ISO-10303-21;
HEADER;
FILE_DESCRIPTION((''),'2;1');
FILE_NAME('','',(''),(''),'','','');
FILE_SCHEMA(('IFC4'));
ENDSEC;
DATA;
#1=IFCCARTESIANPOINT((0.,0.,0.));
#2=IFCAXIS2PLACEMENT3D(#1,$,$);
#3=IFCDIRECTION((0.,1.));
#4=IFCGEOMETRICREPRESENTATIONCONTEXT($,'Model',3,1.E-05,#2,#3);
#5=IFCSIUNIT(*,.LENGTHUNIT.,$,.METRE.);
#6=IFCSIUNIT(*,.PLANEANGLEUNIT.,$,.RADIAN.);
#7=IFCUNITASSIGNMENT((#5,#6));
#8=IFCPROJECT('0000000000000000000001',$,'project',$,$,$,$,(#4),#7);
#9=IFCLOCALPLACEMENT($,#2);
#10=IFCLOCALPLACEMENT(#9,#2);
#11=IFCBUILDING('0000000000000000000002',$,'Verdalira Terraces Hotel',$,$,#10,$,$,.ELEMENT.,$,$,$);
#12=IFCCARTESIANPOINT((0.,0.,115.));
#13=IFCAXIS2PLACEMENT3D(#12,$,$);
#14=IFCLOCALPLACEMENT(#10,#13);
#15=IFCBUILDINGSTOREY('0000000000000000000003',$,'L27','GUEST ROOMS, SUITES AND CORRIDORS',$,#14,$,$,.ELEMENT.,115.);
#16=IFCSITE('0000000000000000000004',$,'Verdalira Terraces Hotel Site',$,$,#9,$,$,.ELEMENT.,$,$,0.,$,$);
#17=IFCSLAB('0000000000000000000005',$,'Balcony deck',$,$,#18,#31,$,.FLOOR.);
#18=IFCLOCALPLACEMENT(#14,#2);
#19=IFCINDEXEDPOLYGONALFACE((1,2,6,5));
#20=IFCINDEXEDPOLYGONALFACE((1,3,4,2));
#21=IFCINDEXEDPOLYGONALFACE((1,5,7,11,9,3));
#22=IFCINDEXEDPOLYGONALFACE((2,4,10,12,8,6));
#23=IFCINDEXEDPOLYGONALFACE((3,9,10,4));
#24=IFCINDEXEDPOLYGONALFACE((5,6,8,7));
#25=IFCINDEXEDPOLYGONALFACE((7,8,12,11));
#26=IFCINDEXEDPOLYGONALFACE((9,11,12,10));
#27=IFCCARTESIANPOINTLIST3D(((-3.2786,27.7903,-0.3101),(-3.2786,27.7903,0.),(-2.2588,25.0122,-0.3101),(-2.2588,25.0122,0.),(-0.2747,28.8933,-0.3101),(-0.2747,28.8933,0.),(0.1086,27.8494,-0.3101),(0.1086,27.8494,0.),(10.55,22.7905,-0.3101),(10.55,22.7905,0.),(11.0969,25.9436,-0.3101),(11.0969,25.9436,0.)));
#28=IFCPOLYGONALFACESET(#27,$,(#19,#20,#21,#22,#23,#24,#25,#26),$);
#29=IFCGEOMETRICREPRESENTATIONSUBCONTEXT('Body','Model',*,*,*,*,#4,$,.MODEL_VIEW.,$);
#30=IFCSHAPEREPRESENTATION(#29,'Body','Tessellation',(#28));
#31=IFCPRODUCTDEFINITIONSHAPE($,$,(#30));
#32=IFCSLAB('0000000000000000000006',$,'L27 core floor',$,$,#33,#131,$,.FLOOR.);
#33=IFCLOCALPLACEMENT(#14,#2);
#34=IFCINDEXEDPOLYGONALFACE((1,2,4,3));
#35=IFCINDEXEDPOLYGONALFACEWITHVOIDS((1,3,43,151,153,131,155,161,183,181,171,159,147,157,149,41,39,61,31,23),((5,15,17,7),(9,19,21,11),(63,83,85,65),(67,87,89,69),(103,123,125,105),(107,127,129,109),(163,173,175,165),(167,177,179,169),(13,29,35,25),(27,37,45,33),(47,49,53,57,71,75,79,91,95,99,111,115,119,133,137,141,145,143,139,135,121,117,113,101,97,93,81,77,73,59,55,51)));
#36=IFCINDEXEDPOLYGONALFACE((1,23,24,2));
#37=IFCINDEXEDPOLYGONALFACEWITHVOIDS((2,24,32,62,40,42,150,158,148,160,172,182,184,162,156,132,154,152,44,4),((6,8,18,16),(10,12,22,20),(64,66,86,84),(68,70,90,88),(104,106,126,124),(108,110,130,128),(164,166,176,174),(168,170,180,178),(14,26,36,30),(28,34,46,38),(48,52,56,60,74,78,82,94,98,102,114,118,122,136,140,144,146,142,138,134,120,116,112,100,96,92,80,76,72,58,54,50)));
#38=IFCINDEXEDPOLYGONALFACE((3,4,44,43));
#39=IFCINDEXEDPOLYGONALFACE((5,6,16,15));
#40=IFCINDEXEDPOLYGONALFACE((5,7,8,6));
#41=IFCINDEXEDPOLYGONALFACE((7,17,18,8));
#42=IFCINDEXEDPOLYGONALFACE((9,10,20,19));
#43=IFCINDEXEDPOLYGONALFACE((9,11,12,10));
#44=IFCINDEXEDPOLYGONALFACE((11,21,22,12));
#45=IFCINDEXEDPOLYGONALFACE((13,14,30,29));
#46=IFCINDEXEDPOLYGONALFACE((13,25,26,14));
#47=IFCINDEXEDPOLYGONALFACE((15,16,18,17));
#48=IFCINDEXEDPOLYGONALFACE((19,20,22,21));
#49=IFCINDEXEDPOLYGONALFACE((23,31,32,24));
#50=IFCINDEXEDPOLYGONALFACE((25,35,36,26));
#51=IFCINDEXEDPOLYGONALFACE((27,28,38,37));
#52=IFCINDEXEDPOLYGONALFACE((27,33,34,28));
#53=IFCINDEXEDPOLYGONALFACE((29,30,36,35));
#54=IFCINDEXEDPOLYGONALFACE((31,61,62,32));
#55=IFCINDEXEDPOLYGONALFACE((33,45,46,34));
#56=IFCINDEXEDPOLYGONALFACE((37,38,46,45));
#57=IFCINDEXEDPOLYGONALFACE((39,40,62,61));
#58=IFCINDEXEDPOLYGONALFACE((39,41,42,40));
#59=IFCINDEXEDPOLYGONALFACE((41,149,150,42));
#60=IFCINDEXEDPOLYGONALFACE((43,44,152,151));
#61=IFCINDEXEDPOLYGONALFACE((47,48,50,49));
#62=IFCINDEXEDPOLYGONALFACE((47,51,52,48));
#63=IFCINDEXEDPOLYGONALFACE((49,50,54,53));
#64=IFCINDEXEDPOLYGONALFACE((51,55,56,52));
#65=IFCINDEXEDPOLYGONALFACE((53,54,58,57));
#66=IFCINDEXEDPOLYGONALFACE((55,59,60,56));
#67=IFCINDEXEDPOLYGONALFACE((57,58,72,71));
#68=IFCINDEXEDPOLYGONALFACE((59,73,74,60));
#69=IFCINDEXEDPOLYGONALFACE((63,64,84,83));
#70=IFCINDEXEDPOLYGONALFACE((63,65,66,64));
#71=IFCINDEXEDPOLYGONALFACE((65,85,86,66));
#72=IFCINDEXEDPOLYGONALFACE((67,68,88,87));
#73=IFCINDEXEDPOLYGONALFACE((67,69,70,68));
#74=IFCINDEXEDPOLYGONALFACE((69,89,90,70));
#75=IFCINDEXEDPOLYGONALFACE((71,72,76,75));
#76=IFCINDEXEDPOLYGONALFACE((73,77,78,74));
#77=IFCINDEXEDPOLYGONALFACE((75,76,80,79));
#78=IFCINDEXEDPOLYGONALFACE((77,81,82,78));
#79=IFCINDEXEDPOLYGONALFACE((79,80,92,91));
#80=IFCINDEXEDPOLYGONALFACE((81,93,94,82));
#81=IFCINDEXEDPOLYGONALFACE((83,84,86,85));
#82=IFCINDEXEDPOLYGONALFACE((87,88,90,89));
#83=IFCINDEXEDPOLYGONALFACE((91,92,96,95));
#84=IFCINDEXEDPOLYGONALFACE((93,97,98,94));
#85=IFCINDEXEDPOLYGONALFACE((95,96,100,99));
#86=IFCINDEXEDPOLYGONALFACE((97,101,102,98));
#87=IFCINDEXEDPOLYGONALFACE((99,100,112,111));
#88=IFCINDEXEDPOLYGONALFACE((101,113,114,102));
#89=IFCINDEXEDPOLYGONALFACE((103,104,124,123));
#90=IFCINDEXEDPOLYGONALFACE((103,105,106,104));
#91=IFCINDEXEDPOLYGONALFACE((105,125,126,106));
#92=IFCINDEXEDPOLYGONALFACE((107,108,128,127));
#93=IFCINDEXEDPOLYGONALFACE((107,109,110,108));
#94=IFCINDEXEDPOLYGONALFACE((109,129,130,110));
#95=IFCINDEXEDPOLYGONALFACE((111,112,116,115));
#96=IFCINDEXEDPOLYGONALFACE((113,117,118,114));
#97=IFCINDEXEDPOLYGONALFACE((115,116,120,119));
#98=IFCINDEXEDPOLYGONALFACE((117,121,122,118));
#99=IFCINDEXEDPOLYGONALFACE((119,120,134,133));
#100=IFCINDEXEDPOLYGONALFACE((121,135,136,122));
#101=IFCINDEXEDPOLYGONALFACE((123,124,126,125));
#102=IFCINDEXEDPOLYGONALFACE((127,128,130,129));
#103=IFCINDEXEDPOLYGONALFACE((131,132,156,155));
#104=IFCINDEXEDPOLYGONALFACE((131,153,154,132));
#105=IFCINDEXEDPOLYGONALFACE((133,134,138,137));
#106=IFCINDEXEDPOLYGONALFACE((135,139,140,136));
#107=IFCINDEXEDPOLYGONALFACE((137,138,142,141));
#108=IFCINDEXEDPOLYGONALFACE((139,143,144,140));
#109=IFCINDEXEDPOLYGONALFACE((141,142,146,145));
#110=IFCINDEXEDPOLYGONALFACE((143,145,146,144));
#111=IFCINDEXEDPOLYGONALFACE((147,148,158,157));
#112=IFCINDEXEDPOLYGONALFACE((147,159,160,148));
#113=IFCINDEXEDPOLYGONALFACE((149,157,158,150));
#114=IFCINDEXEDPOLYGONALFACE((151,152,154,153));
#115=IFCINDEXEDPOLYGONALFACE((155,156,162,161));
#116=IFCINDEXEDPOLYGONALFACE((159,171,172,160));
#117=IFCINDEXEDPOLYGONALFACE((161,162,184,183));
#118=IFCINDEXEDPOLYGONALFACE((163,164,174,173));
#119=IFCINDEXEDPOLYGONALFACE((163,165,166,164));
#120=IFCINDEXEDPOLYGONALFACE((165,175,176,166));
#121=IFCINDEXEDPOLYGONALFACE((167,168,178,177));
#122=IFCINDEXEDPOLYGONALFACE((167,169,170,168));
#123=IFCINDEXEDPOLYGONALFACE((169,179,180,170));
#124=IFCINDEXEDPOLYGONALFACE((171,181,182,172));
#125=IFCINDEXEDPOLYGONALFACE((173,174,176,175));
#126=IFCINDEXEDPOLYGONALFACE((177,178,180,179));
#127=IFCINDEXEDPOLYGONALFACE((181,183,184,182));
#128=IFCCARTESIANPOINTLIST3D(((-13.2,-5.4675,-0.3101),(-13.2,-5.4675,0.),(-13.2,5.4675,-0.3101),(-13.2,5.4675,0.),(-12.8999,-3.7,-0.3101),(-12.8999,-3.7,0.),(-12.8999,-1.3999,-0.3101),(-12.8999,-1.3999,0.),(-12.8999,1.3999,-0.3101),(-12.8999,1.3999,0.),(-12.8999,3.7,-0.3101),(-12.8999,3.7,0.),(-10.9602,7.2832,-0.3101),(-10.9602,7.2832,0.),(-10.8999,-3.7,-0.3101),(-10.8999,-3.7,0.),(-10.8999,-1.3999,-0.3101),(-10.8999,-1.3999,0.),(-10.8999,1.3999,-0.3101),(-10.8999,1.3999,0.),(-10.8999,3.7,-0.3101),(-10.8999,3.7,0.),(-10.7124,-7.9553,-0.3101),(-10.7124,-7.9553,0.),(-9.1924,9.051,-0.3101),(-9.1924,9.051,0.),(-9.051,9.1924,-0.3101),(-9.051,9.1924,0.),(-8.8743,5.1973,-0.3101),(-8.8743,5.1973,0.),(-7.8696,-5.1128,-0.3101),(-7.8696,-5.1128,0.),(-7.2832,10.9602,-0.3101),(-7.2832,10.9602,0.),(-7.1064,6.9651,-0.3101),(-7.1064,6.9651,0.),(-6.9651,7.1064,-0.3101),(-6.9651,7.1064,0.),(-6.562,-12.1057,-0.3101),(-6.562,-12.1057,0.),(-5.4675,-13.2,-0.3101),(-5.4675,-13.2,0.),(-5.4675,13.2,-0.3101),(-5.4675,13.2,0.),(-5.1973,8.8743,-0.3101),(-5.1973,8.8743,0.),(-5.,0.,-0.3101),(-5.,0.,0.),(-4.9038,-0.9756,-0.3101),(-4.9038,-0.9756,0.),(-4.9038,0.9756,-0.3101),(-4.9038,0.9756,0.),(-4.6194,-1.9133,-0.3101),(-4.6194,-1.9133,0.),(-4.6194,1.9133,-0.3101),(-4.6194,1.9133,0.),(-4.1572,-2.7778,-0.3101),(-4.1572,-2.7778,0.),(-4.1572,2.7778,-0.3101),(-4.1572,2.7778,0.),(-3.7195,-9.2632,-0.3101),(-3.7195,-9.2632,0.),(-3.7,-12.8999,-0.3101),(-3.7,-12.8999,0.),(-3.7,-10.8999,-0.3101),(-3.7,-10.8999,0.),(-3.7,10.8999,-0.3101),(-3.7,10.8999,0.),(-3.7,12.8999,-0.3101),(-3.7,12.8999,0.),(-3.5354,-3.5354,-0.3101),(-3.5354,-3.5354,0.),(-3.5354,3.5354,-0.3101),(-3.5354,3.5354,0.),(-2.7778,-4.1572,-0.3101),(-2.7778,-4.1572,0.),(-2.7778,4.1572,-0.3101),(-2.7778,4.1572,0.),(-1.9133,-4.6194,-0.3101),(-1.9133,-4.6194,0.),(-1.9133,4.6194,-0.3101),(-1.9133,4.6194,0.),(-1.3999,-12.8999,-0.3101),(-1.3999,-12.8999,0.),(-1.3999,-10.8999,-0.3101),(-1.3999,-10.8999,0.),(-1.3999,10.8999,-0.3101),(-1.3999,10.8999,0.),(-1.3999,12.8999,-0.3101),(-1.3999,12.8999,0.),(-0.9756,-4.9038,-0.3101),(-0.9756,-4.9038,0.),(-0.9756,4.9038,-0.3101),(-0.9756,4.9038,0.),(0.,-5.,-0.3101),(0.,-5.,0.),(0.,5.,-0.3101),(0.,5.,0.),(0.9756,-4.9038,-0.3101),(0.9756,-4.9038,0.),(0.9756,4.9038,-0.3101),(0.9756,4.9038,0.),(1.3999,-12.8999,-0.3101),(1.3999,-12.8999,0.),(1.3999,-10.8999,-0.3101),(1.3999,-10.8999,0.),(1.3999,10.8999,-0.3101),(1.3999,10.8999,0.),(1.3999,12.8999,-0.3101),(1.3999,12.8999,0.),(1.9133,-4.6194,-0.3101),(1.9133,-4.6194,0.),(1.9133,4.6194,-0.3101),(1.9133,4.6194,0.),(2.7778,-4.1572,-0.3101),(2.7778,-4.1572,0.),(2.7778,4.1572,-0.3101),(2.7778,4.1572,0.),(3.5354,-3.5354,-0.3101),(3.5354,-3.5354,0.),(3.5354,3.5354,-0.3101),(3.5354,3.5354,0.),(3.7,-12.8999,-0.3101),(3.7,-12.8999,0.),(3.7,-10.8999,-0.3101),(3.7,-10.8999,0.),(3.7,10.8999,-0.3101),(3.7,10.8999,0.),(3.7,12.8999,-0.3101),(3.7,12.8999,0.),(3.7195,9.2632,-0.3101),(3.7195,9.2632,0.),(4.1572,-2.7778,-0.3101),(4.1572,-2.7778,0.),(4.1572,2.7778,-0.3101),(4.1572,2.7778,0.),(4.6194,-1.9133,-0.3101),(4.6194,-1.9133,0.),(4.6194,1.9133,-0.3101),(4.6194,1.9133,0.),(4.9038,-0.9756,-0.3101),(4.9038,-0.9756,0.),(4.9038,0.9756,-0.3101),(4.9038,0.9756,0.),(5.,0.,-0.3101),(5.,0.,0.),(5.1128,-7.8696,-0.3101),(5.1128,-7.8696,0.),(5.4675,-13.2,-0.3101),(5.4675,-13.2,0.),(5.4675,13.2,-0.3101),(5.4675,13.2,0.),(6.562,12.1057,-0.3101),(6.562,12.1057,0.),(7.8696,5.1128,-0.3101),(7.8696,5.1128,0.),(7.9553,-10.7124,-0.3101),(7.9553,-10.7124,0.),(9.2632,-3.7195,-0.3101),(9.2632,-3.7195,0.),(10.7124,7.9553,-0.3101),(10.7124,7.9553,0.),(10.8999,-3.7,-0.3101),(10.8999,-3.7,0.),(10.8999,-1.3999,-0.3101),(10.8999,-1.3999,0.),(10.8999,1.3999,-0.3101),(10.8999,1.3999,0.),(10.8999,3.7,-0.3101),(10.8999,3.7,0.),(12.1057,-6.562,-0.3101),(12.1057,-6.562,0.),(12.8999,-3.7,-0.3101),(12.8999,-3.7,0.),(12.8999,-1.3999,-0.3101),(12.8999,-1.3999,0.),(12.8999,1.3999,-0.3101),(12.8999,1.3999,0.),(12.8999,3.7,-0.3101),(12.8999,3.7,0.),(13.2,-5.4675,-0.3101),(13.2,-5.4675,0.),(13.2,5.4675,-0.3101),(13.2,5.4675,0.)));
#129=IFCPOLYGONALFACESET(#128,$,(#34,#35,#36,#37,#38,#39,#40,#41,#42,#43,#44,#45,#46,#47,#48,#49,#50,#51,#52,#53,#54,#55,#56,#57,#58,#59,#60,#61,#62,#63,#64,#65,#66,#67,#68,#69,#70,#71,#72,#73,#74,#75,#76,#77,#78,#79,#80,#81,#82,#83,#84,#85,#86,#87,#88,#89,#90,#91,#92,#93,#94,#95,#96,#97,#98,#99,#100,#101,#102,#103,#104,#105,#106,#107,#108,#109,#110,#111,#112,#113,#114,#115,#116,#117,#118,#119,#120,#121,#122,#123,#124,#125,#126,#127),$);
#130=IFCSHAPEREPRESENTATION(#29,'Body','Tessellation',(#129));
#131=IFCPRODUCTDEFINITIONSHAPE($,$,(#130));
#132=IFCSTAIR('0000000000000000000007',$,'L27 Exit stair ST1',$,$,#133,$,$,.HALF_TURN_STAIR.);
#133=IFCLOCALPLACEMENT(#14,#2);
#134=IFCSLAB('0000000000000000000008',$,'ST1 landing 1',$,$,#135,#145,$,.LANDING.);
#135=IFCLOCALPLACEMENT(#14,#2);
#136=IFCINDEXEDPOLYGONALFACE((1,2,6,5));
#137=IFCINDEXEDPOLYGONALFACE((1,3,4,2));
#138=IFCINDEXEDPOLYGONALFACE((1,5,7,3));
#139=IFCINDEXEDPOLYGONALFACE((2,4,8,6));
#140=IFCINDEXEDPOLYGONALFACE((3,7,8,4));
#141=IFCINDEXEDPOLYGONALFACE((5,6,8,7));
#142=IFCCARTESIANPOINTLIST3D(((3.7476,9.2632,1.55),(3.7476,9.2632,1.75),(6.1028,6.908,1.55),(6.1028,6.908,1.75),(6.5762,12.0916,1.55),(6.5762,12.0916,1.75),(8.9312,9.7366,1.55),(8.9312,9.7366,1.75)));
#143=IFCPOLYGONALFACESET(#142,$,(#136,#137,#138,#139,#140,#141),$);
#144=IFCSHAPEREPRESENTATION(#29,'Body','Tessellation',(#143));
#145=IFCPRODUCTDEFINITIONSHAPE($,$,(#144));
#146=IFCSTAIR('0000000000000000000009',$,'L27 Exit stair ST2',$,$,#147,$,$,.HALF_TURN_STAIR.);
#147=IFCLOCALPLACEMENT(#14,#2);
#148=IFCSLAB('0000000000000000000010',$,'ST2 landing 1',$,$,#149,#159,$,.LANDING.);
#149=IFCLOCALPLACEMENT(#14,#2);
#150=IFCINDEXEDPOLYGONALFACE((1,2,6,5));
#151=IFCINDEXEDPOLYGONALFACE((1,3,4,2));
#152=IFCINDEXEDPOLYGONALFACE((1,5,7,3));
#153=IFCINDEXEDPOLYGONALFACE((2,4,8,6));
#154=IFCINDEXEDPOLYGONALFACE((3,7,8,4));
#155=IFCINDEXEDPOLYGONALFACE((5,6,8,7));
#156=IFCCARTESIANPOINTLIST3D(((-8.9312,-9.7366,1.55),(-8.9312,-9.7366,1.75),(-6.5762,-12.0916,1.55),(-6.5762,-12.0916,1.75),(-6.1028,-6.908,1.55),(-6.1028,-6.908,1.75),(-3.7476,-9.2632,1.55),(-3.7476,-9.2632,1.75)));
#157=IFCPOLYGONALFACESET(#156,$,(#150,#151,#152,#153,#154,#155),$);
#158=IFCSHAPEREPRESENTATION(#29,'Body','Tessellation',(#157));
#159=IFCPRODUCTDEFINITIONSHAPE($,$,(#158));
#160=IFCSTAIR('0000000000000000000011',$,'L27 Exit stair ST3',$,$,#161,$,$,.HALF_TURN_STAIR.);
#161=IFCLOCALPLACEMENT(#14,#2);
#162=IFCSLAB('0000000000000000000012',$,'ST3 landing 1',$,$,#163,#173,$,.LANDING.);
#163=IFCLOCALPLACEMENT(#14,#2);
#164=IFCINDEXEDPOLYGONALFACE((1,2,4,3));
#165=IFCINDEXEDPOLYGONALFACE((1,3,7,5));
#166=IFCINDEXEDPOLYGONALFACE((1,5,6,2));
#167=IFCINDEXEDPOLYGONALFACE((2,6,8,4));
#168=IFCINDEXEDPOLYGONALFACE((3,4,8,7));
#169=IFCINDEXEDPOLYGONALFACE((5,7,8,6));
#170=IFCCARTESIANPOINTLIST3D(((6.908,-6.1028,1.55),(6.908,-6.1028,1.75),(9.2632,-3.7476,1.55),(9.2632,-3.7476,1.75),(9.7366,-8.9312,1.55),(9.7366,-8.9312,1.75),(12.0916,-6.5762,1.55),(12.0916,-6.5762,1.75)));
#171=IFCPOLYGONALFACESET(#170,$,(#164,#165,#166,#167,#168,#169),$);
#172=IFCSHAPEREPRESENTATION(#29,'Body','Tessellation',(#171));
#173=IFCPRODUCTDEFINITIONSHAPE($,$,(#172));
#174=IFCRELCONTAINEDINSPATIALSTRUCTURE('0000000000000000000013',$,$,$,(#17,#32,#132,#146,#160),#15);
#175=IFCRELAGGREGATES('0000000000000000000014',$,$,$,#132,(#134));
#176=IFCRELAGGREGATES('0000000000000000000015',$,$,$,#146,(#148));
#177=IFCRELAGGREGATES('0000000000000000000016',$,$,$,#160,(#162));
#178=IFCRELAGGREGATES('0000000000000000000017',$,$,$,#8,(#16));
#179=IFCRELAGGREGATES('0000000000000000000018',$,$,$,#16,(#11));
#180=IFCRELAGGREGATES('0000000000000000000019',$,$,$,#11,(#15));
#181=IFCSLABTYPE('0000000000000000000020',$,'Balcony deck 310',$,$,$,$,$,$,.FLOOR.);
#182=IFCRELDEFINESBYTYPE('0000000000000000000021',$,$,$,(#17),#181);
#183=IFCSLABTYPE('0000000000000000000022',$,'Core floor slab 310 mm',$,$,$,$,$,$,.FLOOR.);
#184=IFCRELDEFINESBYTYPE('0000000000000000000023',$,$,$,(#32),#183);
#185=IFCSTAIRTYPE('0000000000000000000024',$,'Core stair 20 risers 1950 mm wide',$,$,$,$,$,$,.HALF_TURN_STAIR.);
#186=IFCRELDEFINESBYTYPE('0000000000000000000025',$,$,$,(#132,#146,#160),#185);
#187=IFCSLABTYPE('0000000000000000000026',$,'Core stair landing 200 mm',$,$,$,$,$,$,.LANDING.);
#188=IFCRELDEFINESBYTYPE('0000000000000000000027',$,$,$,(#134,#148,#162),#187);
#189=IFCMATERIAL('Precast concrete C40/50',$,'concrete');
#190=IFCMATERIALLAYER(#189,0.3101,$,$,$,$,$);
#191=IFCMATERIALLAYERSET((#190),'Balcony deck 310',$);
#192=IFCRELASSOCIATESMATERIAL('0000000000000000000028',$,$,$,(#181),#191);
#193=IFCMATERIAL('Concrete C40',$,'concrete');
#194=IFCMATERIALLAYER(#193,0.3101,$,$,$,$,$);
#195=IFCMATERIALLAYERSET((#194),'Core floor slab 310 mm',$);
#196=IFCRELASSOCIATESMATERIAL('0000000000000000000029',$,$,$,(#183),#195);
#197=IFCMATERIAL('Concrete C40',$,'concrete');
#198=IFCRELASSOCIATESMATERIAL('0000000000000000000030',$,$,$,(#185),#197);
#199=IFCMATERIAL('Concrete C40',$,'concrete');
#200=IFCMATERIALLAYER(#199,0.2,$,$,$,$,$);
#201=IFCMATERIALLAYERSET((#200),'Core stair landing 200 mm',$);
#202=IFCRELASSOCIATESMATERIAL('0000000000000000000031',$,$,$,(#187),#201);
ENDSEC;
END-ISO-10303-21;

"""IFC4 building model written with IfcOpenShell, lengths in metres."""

from ifc_helpers import new_model, si_unit, direction, frame, origin, place, context, subcontext, project, spatial, polyline, outline, extrude, material, layer, layer_set, type_object, element, aggregate, save


model = new_model("IFC4")

# Units and contexts
model_context = context("Model", 3, precision=1e-05, world=origin(), true_north=direction((0.0, 1.0)))
body_context = subcontext(model_context, "Body", "Model", "MODEL_VIEW")
ifc_project = project(units=[si_unit("LENGTHUNIT", "METRE"), si_unit("PLANEANGLEUNIT", "RADIAN")], contexts=[model_context])

# Site, building, storey
site_placement = place(None, origin())
site = spatial("IfcSite", under=ifc_project, at=site_placement, Name="Verdalira Terraces Hotel Site", CompositionType="ELEMENT", RefElevation=0.0)
building_placement = place(site_placement, origin())
building = spatial("IfcBuilding", under=site, at=building_placement, Name="Verdalira Terraces Hotel", CompositionType="ELEMENT")
storey_placement = place(building_placement, frame((0.0, 0.0, 115.0)))
storey = spatial("IfcBuildingStorey", under=building, at=storey_placement, Name="L27", Description="GUEST ROOMS, SUITES AND CORRIDORS", CompositionType="ELEMENT", Elevation=115.0)

# Slabs
ifc_material_1 = material(Name="Precast concrete C40/50", Category="concrete")
ifc_layer_1 = layer(ifc_material_1, 0.3101)
ifc_layer_set_1 = layer_set([ifc_layer_1], Name="Balcony deck 310")
slab_type_1 = type_object("IfcSlabType", Name="Balcony deck 310", PredefinedType="FLOOR", material=ifc_layer_set_1)
slab_1_placement = place(storey_placement, frame((0.0, 0.0, -0.3101)))
element("IfcSlab", 1, at=slab_1_placement, inside=storey, type_object=slab_type_1, Name="Balcony deck", PredefinedType="FLOOR", context=body_context, shape_type="SweptSolid", body=[
    extrude(outline(polyline([(-0.2747, 28.8933), (-3.2786, 27.7903), (-2.2588, 25.0122), (10.55, 22.7905), (11.0969, 25.9436), (0.1086, 27.8494), (-0.2747, 28.8933)])), origin(), (0.0, 0.0, 1.0), 0.3101),
])
ifc_material_2 = material(Name="Concrete C40", Category="concrete")
ifc_layer_2 = layer(ifc_material_2, 0.3101)
ifc_layer_set_2 = layer_set([ifc_layer_2], Name="Core floor slab 310 mm")
slab_type_2 = type_object("IfcSlabType", Name="Core floor slab 310 mm", PredefinedType="FLOOR", material=ifc_layer_set_2)
slab_2_placement = place(storey_placement, frame((0.0, 0.0, -0.3101)))
element("IfcSlab", 2, at=slab_2_placement, inside=storey, type_object=slab_type_2, Name="L27 core floor", PredefinedType="FLOOR", context=body_context, shape_type="SweptSolid", body=[
    extrude(outline(polyline([(-5.4675, 13.2), (5.4675, 13.2), (6.562, 12.1057), (3.7195, 9.2632), (7.8696, 5.1128), (10.7124, 7.9553), (13.2, 5.4675), (13.2, -5.4675), (12.1057, -6.562), (9.2632, -3.7195), (5.1128, -7.8696), (7.9553, -10.7124), (5.4675, -13.2), (-5.4675, -13.2), (-6.562, -12.1057), (-3.7195, -9.2632), (-7.8696, -5.1128), (-10.7124, -7.9553), (-13.2, -5.4675), (-13.2, 5.4675), (-5.4675, 13.2)]), holes=[polyline([(12.8999, -3.7), (12.8999, -1.3999), (10.8999, -1.3999), (10.8999, -3.7), (12.8999, -3.7)]), polyline([(12.8999, 1.3999), (12.8999, 3.7), (10.8999, 3.7), (10.8999, 1.3999), (12.8999, 1.3999)]), polyline([(1.3999, 10.8999), (3.7, 10.8999), (3.7, 12.8999), (1.3999, 12.8999), (1.3999, 10.8999)]), polyline([(-3.7, 10.8999), (-1.3999, 10.8999), (-1.3999, 12.8999), (-3.7, 12.8999), (-3.7, 10.8999)]), polyline([(-12.8999, 3.7), (-12.8999, 1.3999), (-10.8999, 1.3999), (-10.8999, 3.7), (-12.8999, 3.7)]), polyline([(-12.8999, -1.3999), (-12.8999, -3.7), (-10.8999, -3.7), (-10.8999, -1.3999), (-12.8999, -1.3999)]), polyline([(-1.3999, -10.8999), (-3.7, -10.8999), (-3.7, -12.8999), (-1.3999, -12.8999), (-1.3999, -10.8999)]), polyline([(3.7, -10.8999), (1.3999, -10.8999), (1.3999, -12.8999), (3.7, -12.8999), (3.7, -10.8999)]), polyline([(-9.051, 9.1924), (-6.9651, 7.1064), (-5.1973, 8.8743), (-7.2832, 10.9602), (-9.051, 9.1924)]), polyline([(-9.1924, 9.051), (-10.9602, 7.2832), (-8.8743, 5.1973), (-7.1064, 6.9651), (-9.1924, 9.051)]), polyline([(3.5354, 3.5354), (2.7778, 4.1572), (1.9133, 4.6194), (0.9756, 4.9038), (0.0, 5.0), (-0.9756, 4.9038), (-1.9133, 4.6194), (-2.7778, 4.1572), (-3.5354, 3.5354), (-4.1572, 2.7778), (-4.6194, 1.9133), (-4.9038, 0.9756), (-5.0, 0.0), (-4.9038, -0.9756), (-4.6194, -1.9133), (-4.1572, -2.7778), (-3.5354, -3.5354), (-2.7778, -4.1572), (-1.9133, -4.6194), (-0.9756, -4.9038), (0.0, -5.0), (0.9756, -4.9038), (1.9133, -4.6194), (2.7778, -4.1572), (3.5354, -3.5354), (4.1572, -2.7778), (4.6194, -1.9133), (4.9038, -0.9756), (5.0, 0.0), (4.9038, 0.9756), (4.6194, 1.9133), (4.1572, 2.7778), (3.5354, 3.5354)])]), origin(), (0.0, 0.0, 1.0), 0.3101),
])

# Stairs, slabs
ifc_material_3 = material(Name="Concrete C40", Category="concrete")
stair_type = type_object("IfcStairType", Name="Core stair 20 risers 1950 mm wide", PredefinedType="HALF_TURN_STAIR", material=ifc_material_3)
stair_1_placement = place(storey_placement, origin())
stair_1 = element("IfcStair", 3, at=stair_1_placement, inside=storey, type_object=stair_type, Name="L27 Exit stair ST1", PredefinedType="HALF_TURN_STAIR")
ifc_material_4 = material(Name="Concrete C40", Category="concrete")
ifc_layer_3 = layer(ifc_material_4, 0.2)
ifc_layer_set_3 = layer_set([ifc_layer_3], Name="Core stair landing 200 mm")
slab_type_3 = type_object("IfcSlabType", Name="Core stair landing 200 mm", PredefinedType="LANDING", material=ifc_layer_set_3)
slab_3_placement = place(storey_placement, frame((0.0, 0.0, 1.55)))
slab_3 = element("IfcSlab", 4, at=slab_3_placement, type_object=slab_type_3, Name="ST1 landing 1", PredefinedType="LANDING", context=body_context, shape_type="SweptSolid", body=[
    extrude(outline(polyline([(8.9312, 9.7366), (6.5762, 12.0916), (3.7476, 9.2632), (6.1028, 6.908), (8.9312, 9.7366)])), origin(), (0.0, 0.0, 1.0), 0.2),
])
aggregate(stair_1, [slab_3])
stair_2_placement = place(storey_placement, origin())
stair_2 = element("IfcStair", 5, at=stair_2_placement, inside=storey, type_object=stair_type, Name="L27 Exit stair ST2", PredefinedType="HALF_TURN_STAIR")
slab_4_placement = place(storey_placement, frame((0.0, 0.0, 1.55)))
slab_4 = element("IfcSlab", 6, at=slab_4_placement, type_object=slab_type_3, Name="ST2 landing 1", PredefinedType="LANDING", context=body_context, shape_type="SweptSolid", body=[
    extrude(outline(polyline([(-8.9312, -9.7366), (-6.5762, -12.0916), (-3.7476, -9.2632), (-6.1028, -6.908), (-8.9312, -9.7366)])), origin(), (0.0, 0.0, 1.0), 0.2),
])
aggregate(stair_2, [slab_4])
stair_3_placement = place(storey_placement, origin())
stair_3 = element("IfcStair", 7, at=stair_3_placement, inside=storey, type_object=stair_type, Name="L27 Exit stair ST3", PredefinedType="HALF_TURN_STAIR")
slab_5_placement = place(storey_placement, frame((0.0, 0.0, 1.55)))
slab_5 = element("IfcSlab", 8, at=slab_5_placement, type_object=slab_type_3, Name="ST3 landing 1", PredefinedType="LANDING", context=body_context, shape_type="SweptSolid", body=[
    extrude(outline(polyline([(9.7366, -8.9312), (12.0916, -6.5762), (9.2632, -3.7476), (6.908, -6.1028), (9.7366, -8.9312)])), origin(), (0.0, 0.0, 1.0), 0.2),
])
aggregate(stair_3, [slab_5])

save(model, "model.ifc")
